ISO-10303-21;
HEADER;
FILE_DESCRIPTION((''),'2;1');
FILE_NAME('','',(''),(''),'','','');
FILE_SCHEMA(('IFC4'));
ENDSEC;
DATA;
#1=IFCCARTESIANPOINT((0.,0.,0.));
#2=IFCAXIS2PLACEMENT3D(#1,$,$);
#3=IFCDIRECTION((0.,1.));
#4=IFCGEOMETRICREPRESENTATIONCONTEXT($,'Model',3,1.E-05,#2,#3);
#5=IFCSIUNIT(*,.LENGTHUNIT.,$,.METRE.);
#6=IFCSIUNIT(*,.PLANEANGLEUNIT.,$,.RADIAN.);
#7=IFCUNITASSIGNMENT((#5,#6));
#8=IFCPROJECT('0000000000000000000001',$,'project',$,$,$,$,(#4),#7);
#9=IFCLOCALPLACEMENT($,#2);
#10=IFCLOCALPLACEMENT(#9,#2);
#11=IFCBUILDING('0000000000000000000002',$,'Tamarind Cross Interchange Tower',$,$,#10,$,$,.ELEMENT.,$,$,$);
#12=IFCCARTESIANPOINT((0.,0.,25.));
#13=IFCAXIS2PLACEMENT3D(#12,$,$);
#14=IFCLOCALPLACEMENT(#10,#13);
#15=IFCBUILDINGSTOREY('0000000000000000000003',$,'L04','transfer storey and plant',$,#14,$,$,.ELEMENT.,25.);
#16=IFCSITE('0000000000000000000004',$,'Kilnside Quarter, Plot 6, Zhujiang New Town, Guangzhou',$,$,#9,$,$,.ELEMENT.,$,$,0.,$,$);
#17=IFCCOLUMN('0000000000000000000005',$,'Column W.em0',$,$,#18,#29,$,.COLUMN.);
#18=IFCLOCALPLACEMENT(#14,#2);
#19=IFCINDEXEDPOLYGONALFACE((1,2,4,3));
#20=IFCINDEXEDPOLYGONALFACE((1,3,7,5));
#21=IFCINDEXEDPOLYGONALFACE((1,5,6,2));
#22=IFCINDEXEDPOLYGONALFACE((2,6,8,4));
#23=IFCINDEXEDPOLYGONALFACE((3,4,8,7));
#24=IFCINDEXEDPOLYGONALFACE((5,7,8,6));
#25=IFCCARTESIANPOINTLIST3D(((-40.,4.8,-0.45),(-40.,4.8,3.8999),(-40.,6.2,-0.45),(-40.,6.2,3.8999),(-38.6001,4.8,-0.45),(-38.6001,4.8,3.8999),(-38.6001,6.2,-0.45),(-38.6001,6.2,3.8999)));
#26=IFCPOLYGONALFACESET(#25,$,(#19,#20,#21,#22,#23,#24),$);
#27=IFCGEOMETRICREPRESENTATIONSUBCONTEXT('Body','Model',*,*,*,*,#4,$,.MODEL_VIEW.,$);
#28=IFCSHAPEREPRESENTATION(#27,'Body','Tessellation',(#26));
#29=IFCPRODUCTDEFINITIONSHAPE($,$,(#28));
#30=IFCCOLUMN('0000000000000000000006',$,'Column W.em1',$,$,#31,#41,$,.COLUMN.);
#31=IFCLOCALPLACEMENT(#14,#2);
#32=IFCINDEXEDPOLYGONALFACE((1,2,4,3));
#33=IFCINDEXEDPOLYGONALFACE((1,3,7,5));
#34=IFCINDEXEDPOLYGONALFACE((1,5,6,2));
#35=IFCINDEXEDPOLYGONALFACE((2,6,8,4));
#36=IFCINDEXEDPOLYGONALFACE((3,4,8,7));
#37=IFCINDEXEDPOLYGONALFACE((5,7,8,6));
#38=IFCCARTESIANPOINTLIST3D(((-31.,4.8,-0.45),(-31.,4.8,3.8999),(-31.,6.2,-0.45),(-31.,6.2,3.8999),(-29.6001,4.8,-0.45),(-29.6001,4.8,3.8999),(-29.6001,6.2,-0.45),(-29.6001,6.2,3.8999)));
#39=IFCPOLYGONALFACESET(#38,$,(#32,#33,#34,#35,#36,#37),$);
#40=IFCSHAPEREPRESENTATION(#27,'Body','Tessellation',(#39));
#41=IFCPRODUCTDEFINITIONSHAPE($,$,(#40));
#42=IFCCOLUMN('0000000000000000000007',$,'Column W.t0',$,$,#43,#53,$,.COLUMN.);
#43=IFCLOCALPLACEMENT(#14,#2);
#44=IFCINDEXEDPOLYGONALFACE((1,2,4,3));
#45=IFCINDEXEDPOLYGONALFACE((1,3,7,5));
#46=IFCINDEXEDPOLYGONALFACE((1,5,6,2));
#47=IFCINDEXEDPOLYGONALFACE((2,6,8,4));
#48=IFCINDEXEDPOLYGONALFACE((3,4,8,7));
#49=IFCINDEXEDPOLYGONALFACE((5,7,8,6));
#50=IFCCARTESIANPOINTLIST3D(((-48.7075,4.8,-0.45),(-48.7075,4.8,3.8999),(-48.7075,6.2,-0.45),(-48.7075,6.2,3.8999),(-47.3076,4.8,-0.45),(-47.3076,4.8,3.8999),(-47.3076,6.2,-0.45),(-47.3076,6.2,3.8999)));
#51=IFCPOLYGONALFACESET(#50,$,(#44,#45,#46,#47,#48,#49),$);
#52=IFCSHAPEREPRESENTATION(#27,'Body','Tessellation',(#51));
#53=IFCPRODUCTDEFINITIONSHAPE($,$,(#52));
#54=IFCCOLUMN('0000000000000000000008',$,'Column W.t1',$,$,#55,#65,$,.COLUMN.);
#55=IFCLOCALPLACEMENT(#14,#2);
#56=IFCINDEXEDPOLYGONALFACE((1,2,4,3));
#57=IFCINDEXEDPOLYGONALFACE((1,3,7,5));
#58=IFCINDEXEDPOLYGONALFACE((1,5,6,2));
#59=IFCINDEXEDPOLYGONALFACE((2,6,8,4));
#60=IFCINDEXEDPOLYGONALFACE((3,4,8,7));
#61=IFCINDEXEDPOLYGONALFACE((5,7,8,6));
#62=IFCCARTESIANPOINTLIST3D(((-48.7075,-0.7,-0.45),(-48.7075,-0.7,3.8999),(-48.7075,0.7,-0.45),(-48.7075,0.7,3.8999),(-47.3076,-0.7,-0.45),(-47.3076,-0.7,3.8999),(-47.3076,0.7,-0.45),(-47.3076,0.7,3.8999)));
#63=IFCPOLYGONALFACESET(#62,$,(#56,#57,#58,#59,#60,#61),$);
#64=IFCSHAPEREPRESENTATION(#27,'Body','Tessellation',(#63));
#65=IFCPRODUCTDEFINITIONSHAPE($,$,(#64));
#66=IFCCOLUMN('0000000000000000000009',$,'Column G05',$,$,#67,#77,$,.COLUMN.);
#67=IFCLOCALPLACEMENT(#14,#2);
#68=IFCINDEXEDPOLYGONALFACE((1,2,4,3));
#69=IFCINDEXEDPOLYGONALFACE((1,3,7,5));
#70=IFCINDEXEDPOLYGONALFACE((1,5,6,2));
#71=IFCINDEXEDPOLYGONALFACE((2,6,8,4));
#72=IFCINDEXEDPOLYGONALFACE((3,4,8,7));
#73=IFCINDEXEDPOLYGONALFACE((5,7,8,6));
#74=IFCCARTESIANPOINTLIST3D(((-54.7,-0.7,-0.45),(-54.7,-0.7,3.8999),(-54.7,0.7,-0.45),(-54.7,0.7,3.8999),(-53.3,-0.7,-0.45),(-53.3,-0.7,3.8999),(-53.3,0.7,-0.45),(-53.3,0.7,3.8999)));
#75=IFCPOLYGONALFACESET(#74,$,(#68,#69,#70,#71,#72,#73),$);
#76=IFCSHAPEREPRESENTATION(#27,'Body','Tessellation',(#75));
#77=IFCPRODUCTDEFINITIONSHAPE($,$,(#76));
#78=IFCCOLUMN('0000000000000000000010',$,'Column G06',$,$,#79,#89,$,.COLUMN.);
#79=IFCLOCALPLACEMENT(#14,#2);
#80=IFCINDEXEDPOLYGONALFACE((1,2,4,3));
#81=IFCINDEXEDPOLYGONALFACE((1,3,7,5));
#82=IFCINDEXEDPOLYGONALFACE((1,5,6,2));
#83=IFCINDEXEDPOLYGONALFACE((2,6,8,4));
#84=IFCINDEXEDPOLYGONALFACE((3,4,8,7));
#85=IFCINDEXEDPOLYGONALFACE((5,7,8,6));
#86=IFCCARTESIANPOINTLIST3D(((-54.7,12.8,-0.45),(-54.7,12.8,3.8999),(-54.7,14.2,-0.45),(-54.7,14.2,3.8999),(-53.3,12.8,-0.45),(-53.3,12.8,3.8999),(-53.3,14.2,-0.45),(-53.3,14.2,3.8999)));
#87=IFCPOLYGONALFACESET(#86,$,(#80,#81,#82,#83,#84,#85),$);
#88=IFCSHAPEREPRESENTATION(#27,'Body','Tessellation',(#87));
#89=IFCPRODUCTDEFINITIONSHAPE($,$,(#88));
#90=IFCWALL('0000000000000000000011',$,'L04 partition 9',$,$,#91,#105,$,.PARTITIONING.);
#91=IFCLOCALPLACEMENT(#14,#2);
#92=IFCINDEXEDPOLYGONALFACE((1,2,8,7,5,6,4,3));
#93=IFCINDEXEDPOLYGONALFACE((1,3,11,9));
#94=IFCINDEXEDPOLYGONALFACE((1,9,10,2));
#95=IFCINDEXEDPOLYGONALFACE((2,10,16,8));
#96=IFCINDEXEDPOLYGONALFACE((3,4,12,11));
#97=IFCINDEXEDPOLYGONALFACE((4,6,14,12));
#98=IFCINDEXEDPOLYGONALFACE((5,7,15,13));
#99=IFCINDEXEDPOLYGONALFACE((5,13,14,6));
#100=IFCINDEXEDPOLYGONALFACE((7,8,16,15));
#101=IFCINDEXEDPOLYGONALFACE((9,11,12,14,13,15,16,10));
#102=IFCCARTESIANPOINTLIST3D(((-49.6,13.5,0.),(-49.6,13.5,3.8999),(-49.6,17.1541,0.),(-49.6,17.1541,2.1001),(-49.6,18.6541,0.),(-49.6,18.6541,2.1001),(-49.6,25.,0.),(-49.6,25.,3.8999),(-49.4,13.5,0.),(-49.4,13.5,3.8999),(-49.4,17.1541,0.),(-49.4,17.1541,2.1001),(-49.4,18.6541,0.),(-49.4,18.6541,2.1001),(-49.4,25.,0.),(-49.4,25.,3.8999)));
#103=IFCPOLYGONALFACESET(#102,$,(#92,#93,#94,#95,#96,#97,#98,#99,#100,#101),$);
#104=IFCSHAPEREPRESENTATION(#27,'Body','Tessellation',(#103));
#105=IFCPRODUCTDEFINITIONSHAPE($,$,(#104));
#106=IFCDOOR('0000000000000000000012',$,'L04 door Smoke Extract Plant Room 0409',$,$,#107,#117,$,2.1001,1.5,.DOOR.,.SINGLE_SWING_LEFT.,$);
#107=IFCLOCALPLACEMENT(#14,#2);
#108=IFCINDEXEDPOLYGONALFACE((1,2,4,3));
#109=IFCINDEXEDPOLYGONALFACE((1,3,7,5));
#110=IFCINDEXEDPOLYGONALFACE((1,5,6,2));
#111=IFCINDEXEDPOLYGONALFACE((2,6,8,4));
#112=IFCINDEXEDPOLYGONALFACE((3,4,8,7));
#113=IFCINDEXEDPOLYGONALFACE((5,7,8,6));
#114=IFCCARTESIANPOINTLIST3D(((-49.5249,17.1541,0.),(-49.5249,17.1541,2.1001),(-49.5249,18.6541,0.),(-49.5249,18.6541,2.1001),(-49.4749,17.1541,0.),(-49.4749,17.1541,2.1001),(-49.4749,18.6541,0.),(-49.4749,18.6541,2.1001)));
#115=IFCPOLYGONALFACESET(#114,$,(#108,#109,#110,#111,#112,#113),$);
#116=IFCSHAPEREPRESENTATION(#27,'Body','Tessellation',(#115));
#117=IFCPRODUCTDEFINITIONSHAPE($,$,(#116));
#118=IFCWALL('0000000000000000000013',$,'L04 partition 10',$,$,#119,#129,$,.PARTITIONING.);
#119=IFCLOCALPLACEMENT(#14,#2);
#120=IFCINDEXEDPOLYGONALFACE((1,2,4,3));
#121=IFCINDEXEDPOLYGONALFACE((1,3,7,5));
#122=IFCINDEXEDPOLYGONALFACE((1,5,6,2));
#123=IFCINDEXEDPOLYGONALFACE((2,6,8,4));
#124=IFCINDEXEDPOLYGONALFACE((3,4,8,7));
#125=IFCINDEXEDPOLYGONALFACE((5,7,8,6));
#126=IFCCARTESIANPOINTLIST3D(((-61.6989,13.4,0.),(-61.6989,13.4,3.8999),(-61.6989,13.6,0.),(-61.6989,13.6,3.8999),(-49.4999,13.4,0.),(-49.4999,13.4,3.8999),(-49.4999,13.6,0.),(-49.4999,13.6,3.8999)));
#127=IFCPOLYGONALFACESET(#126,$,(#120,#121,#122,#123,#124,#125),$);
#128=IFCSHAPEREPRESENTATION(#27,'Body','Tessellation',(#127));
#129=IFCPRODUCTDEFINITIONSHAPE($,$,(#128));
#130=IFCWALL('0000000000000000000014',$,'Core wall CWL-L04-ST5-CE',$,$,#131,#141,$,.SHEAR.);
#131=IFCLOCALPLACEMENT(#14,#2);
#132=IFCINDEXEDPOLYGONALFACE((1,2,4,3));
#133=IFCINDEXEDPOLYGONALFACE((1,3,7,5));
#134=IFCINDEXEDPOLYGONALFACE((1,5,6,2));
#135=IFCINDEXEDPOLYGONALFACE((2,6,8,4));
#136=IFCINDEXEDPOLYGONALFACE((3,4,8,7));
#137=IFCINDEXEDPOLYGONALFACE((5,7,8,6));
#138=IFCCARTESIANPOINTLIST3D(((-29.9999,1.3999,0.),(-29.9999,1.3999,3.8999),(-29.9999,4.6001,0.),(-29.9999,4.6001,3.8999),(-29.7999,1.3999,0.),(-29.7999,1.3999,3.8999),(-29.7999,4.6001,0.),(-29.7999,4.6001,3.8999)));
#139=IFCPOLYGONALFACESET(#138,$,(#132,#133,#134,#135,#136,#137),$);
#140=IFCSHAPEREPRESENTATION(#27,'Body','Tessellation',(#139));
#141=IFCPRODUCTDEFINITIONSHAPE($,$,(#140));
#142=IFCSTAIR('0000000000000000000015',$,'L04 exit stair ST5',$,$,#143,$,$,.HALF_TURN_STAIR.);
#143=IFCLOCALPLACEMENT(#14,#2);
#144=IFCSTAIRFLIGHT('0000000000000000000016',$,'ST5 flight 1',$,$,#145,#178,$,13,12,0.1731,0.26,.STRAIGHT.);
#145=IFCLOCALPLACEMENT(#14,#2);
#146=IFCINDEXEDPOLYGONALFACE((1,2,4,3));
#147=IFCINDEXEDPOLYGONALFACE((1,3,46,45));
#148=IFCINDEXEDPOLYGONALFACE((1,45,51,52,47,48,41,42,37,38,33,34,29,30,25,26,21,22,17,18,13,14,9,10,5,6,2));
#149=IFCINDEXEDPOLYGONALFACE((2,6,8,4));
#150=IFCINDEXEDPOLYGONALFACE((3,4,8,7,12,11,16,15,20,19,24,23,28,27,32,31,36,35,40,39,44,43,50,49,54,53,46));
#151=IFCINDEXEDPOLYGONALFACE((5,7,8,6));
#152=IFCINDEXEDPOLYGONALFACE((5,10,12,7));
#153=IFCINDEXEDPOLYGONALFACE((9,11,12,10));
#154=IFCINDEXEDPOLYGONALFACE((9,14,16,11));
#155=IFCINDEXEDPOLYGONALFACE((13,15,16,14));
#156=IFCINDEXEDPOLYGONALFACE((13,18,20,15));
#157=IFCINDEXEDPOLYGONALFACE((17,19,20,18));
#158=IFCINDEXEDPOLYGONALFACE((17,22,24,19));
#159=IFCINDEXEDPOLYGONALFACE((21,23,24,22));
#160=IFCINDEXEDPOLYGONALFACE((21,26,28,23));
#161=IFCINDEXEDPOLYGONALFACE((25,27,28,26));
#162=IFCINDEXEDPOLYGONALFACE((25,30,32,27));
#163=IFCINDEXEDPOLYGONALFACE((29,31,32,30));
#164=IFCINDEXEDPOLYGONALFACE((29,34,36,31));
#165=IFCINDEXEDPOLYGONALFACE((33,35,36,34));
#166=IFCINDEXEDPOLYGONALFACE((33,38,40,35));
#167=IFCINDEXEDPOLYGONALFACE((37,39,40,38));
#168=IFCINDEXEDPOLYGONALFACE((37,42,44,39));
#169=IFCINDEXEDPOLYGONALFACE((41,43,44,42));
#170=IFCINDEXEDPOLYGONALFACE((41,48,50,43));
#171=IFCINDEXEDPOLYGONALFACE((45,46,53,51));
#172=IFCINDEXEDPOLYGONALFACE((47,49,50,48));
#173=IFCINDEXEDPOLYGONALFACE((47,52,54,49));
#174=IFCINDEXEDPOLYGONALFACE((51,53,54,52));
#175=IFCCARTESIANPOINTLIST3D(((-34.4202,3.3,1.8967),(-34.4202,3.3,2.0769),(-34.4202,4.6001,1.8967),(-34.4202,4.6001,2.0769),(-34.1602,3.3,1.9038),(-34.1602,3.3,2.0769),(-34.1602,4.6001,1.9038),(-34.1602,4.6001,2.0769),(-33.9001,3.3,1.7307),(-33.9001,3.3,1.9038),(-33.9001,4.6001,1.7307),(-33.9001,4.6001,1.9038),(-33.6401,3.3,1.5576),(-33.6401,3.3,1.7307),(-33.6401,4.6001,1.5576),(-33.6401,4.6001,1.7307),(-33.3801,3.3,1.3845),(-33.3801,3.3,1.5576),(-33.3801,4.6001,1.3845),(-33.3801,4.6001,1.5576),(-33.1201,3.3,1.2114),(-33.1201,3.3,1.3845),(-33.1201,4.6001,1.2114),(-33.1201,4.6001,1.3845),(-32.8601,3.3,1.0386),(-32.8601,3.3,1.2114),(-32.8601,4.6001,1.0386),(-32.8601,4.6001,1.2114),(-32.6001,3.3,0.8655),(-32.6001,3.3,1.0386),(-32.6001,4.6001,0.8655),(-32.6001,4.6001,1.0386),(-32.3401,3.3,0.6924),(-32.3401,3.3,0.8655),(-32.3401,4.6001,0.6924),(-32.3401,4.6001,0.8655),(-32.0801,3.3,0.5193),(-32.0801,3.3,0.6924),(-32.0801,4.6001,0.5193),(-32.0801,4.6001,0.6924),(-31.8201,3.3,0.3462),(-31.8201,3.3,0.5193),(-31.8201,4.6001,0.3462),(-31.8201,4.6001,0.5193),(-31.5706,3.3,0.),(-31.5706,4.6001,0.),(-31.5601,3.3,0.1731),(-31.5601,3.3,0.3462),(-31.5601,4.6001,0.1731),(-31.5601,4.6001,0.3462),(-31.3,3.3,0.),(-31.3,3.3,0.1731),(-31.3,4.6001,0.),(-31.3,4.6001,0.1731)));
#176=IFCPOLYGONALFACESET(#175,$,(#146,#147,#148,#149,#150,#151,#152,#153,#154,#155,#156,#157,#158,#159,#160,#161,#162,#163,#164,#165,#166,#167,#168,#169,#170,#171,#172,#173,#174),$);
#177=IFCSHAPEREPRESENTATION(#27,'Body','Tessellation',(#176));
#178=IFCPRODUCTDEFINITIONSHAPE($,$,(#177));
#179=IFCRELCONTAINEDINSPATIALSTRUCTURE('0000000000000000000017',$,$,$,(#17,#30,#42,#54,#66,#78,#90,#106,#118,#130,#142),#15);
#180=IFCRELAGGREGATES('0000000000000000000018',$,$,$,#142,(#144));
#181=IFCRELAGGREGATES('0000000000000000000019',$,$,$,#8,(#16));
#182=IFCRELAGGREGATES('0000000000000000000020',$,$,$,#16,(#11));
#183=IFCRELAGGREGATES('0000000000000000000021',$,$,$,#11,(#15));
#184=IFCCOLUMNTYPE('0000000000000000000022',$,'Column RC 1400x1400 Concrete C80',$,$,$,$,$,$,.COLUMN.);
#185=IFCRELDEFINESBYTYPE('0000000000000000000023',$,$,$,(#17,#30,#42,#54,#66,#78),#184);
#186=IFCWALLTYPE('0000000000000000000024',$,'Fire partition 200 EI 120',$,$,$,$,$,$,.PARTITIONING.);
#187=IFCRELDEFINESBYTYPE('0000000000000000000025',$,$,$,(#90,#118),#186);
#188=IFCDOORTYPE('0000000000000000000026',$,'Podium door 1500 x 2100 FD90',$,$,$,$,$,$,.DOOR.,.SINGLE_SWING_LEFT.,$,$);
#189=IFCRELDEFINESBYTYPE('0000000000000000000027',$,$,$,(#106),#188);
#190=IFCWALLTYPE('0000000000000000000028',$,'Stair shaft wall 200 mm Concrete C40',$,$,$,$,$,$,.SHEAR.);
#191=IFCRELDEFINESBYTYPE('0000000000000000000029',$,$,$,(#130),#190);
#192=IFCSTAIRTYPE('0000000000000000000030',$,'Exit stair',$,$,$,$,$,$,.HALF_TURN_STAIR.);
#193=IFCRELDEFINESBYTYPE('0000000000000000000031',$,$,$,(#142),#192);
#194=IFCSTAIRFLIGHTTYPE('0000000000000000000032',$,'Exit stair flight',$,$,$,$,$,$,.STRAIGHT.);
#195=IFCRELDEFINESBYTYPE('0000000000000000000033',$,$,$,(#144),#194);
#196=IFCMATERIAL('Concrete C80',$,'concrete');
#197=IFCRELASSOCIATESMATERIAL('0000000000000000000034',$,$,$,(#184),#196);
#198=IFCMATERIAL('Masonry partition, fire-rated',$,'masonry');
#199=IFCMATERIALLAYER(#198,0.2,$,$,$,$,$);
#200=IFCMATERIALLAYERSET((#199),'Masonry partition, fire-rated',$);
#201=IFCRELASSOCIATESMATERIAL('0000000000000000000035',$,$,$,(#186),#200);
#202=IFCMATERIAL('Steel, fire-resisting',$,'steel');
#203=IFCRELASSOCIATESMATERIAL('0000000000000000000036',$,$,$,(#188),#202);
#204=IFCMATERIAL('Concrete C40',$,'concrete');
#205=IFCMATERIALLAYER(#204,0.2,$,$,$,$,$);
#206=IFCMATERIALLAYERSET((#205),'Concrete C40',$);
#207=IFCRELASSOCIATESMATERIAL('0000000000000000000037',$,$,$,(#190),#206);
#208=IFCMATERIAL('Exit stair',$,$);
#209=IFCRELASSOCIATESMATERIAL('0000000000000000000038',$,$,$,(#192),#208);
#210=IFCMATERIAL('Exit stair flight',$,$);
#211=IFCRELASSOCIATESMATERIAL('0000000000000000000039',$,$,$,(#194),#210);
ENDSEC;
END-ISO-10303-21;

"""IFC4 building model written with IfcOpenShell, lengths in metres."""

from ifc_helpers import new_model, si_unit, direction, frame, frame_2d, origin, origin_2d, place, context, subcontext, project, spatial, polyline, rectangle, outline, extrude, material, layer, layer_set, material_profile, profile_set, type_object, element, fill, aggregate, save


model = new_model("IFC4")

# Units and contexts
model_context = context("Model", 3, precision=1e-05, world=origin(), true_north=direction((0.0, 1.0)))
body_context = subcontext(model_context, "Body", "Model", "MODEL_VIEW")
ifc_project = project(units=[si_unit("LENGTHUNIT", "METRE"), si_unit("PLANEANGLEUNIT", "RADIAN")], contexts=[model_context])

# Site, building, storey
site_placement = place(None, origin())
site = spatial("IfcSite", under=ifc_project, at=site_placement, Name="Kilnside Quarter, Plot 6, Zhujiang New Town, Guangzhou", CompositionType="ELEMENT", RefElevation=0.0)
building_placement = place(site_placement, origin())
building = spatial("IfcBuilding", under=site, at=building_placement, Name="Tamarind Cross Interchange Tower", CompositionType="ELEMENT")
storey_placement = place(building_placement, frame((0.0, 0.0, 25.0)))
storey = spatial("IfcBuildingStorey", under=building, at=storey_placement, Name="L04", Description="transfer storey and plant", CompositionType="ELEMENT", Elevation=25.0)

# Columns
ifc_material_1 = material(Name="Concrete C80", Category="concrete")
ifc_material_profile = material_profile(ifc_material_1, rectangle(XDim=1.3999, YDim=1.3999, at=origin_2d()), Name="RC 1400x1400")
ifc_profile_set = profile_set([ifc_material_profile], Name="Concrete C80")
column_type = type_object("IfcColumnType", Name="Column RC 1400x1400 Concrete C80", PredefinedType="COLUMN", material=ifc_profile_set)
for number, where, z_axis, x_axis, name in (
    (1, (-39.3, 5.5, -0.45), (0.0, 0.0, 1.0), (1.0, 0.0, 0.0), "Column W.em0"),
    (2, (-30.3, 5.5, -0.45), (0.0, 0.0, 1.0), (1.0, 0.0, 0.0), "Column W.em1"),
    (3, (-48.0076, 5.5, -0.45), (0.0, 0.0, 1.0), (1.0, 0.0, 0.0), "Column W.t0"),
    (4, (-48.0076, 0.0, -0.45), (0.0, 0.0, 1.0), (1.0, 0.0, 0.0), "Column W.t1"),
    (5, (-54.0, 0.0, -0.45), (0.0, 0.0, 1.0), (1.0, 0.0, 0.0), "Column G05"),
    (6, (-54.0, 13.5, -0.45), (0.0, 0.0, 1.0), (1.0, 0.0, 0.0), "Column G06"),
):
    element("IfcColumn", number, at=place(storey_placement, frame(where, z_axis=z_axis, x_axis=x_axis)), inside=storey, type_object=column_type, Name=name, PredefinedType="COLUMN", context=body_context, shape_type="SweptSolid", body=[
        extrude(rectangle(XDim=1.3999, YDim=1.3999, at=origin_2d()), origin(), (0.0, 0.0, 1.0), 4.3499),
    ])

# Wall, opening, door
ifc_material_2 = material(Name="Masonry partition, fire-rated", Category="masonry")
ifc_layer_1 = layer(ifc_material_2, 0.2)
ifc_layer_set_1 = layer_set([ifc_layer_1], Name="Masonry partition, fire-rated")
wall_type_1 = type_object("IfcWallType", Name="Fire partition 200 EI 120", PredefinedType="PARTITIONING", material=ifc_layer_set_1)
wall_1_placement = place(storey_placement, frame((-49.5, 13.5, 0.0), z_axis=(0.0, 0.0, 1.0), x_axis=(0.0, 1.0, 0.0)))
wall_1 = element("IfcWall", 7, at=wall_1_placement, inside=storey, type_object=wall_type_1, Name="L04 partition 9", PredefinedType="PARTITIONING", context=body_context, shape_type="SweptSolid", body=[
    extrude(rectangle(XDim=11.5, YDim=0.2, at=frame_2d((5.75, 0.0))), origin(), (0.0, 0.0, 1.0), 3.8999),
])
opening_placement = place(wall_1_placement, frame((3.6541, 0.0, 0.0)))
opening = element("IfcOpeningElement", 8, at=opening_placement, cuts=wall_1, PredefinedType="OPENING", context=body_context, shape_type="SweptSolid", body=[
    extrude(rectangle(XDim=1.5, YDim=2.1001, at=frame_2d((0.75, 1.05))), frame((0.0, 0.1099, 0.0), z_axis=(0.0, -1.0, 0.0), x_axis=(1.0, 0.0, 0.0)), (0.0, 0.0, 1.0), 0.22),
])
ifc_material_3 = material(Name="Steel, fire-resisting", Category="steel")
door_type = type_object("IfcDoorType", Name="Podium door 1500 x 2100 FD90", OperationType="SINGLE_SWING_LEFT", PredefinedType="DOOR", material=ifc_material_3)
door_placement = place(opening_placement, origin())
door = element("IfcDoor", 9, at=door_placement, inside=storey, type_object=door_type, Name="L04 door Smoke Extract Plant Room 0409", OperationType="SINGLE_SWING_LEFT", OverallHeight=2.1001, OverallWidth=1.5, PredefinedType="DOOR", context=body_context, shape_type="SweptSolid", body=[
    extrude(rectangle(XDim=1.5, YDim=2.1001, at=frame_2d((0.75, 1.05))), frame((0.0, 0.0249, 0.0), z_axis=(0.0, -1.0, 0.0), x_axis=(1.0, 0.0, 0.0)), (0.0, 0.0, 1.0), 0.05),
])
fill(opening, door)

# Walls
wall_2_placement = place(storey_placement, frame((-61.699, 13.5, 0.0), z_axis=(0.0, 0.0, 1.0), x_axis=(1.0, 0.0, 0.0)))
element("IfcWall", 10, at=wall_2_placement, inside=storey, type_object=wall_type_1, Name="L04 partition 10", PredefinedType="PARTITIONING", context=body_context, shape_type="SweptSolid", body=[
    extrude(rectangle(XDim=12.199, YDim=0.2, at=frame_2d((6.0996, 0.0))), origin(), (0.0, 0.0, 1.0), 3.8999),
])
ifc_material_4 = material(Name="Concrete C40", Category="concrete")
ifc_layer_2 = layer(ifc_material_4, 0.2)
ifc_layer_set_2 = layer_set([ifc_layer_2], Name="Concrete C40")
wall_type_2 = type_object("IfcWallType", Name="Stair shaft wall 200 mm Concrete C40", PredefinedType="SHEAR", material=ifc_layer_set_2)
wall_3_placement = place(storey_placement, frame((-29.8999, 4.6001, 0.0), z_axis=(0.0, 0.0, 1.0), x_axis=(0.0, -1.0, 0.0)))
element("IfcWall", 11, at=wall_3_placement, inside=storey, type_object=wall_type_2, Name="Core wall CWL-L04-ST5-CE", PredefinedType="SHEAR", context=body_context, shape_type="SweptSolid", body=[
    extrude(rectangle(XDim=3.2002, YDim=0.2, at=frame_2d((1.6001, 0.0))), origin(), (0.0, 0.0, 1.0), 3.8999),
])

# Stair, stair flight
ifc_material_5 = material(Name="Exit stair")
stair_type = type_object("IfcStairType", Name="Exit stair", PredefinedType="HALF_TURN_STAIR", material=ifc_material_5)
stair_placement = place(storey_placement, origin())
stair = element("IfcStair", 12, at=stair_placement, inside=storey, type_object=stair_type, Name="L04 exit stair ST5", PredefinedType="HALF_TURN_STAIR")
ifc_material_6 = material(Name="Exit stair flight")
stair_flight_type = type_object("IfcStairFlightType", Name="Exit stair flight", PredefinedType="STRAIGHT", material=ifc_material_6)
stair_flight_1_placement = place(storey_placement, frame((-31.3, 3.95, 0.0), z_axis=(0.0, 0.0, 1.0), x_axis=(-1.0, 0.0, 0.0)))
stair_flight_1 = element("IfcStairFlight", 13, at=stair_flight_1_placement, type_object=stair_flight_type, Name="ST5 flight 1", NumberOfRisers=13, NumberOfTreads=12, PredefinedType="STRAIGHT", RiserHeight=0.1731, TreadLength=0.26, context=body_context, shape_type="SweptSolid", body=[
    extrude(outline(polyline([(0.0, 0.0), (0.0, 0.1731), (0.26, 0.1731), (0.26, 0.3462), (0.52, 0.3462), (0.52, 0.5193), (0.78, 0.5193), (0.78, 0.6924), (1.04, 0.6924), (1.04, 0.8655), (1.3, 0.8655), (1.3, 1.0386), (1.5601, 1.0386), (1.5601, 1.2114), (1.8201, 1.2114), (1.8201, 1.3845), (2.0801, 1.3845), (2.0801, 1.5576), (2.3401, 1.5576), (2.3401, 1.7307), (2.6001, 1.7307), (2.6001, 1.9038), (2.8601, 1.9038), (2.8601, 2.0769), (3.1201, 2.0769), (3.1201, 2.25), (3.1201, 1.8967), (0.2705, 0.0), (0.0, 0.0)])), frame((0.0, 0.6499, 0.0), z_axis=(0.0, -1.0, 0.0), x_axis=(1.0, 0.0, 0.0)), (0.0, 0.0, 1.0), 1.3),
])
aggregate(stair, [stair_flight_1])

save(model, "model.ifc")
